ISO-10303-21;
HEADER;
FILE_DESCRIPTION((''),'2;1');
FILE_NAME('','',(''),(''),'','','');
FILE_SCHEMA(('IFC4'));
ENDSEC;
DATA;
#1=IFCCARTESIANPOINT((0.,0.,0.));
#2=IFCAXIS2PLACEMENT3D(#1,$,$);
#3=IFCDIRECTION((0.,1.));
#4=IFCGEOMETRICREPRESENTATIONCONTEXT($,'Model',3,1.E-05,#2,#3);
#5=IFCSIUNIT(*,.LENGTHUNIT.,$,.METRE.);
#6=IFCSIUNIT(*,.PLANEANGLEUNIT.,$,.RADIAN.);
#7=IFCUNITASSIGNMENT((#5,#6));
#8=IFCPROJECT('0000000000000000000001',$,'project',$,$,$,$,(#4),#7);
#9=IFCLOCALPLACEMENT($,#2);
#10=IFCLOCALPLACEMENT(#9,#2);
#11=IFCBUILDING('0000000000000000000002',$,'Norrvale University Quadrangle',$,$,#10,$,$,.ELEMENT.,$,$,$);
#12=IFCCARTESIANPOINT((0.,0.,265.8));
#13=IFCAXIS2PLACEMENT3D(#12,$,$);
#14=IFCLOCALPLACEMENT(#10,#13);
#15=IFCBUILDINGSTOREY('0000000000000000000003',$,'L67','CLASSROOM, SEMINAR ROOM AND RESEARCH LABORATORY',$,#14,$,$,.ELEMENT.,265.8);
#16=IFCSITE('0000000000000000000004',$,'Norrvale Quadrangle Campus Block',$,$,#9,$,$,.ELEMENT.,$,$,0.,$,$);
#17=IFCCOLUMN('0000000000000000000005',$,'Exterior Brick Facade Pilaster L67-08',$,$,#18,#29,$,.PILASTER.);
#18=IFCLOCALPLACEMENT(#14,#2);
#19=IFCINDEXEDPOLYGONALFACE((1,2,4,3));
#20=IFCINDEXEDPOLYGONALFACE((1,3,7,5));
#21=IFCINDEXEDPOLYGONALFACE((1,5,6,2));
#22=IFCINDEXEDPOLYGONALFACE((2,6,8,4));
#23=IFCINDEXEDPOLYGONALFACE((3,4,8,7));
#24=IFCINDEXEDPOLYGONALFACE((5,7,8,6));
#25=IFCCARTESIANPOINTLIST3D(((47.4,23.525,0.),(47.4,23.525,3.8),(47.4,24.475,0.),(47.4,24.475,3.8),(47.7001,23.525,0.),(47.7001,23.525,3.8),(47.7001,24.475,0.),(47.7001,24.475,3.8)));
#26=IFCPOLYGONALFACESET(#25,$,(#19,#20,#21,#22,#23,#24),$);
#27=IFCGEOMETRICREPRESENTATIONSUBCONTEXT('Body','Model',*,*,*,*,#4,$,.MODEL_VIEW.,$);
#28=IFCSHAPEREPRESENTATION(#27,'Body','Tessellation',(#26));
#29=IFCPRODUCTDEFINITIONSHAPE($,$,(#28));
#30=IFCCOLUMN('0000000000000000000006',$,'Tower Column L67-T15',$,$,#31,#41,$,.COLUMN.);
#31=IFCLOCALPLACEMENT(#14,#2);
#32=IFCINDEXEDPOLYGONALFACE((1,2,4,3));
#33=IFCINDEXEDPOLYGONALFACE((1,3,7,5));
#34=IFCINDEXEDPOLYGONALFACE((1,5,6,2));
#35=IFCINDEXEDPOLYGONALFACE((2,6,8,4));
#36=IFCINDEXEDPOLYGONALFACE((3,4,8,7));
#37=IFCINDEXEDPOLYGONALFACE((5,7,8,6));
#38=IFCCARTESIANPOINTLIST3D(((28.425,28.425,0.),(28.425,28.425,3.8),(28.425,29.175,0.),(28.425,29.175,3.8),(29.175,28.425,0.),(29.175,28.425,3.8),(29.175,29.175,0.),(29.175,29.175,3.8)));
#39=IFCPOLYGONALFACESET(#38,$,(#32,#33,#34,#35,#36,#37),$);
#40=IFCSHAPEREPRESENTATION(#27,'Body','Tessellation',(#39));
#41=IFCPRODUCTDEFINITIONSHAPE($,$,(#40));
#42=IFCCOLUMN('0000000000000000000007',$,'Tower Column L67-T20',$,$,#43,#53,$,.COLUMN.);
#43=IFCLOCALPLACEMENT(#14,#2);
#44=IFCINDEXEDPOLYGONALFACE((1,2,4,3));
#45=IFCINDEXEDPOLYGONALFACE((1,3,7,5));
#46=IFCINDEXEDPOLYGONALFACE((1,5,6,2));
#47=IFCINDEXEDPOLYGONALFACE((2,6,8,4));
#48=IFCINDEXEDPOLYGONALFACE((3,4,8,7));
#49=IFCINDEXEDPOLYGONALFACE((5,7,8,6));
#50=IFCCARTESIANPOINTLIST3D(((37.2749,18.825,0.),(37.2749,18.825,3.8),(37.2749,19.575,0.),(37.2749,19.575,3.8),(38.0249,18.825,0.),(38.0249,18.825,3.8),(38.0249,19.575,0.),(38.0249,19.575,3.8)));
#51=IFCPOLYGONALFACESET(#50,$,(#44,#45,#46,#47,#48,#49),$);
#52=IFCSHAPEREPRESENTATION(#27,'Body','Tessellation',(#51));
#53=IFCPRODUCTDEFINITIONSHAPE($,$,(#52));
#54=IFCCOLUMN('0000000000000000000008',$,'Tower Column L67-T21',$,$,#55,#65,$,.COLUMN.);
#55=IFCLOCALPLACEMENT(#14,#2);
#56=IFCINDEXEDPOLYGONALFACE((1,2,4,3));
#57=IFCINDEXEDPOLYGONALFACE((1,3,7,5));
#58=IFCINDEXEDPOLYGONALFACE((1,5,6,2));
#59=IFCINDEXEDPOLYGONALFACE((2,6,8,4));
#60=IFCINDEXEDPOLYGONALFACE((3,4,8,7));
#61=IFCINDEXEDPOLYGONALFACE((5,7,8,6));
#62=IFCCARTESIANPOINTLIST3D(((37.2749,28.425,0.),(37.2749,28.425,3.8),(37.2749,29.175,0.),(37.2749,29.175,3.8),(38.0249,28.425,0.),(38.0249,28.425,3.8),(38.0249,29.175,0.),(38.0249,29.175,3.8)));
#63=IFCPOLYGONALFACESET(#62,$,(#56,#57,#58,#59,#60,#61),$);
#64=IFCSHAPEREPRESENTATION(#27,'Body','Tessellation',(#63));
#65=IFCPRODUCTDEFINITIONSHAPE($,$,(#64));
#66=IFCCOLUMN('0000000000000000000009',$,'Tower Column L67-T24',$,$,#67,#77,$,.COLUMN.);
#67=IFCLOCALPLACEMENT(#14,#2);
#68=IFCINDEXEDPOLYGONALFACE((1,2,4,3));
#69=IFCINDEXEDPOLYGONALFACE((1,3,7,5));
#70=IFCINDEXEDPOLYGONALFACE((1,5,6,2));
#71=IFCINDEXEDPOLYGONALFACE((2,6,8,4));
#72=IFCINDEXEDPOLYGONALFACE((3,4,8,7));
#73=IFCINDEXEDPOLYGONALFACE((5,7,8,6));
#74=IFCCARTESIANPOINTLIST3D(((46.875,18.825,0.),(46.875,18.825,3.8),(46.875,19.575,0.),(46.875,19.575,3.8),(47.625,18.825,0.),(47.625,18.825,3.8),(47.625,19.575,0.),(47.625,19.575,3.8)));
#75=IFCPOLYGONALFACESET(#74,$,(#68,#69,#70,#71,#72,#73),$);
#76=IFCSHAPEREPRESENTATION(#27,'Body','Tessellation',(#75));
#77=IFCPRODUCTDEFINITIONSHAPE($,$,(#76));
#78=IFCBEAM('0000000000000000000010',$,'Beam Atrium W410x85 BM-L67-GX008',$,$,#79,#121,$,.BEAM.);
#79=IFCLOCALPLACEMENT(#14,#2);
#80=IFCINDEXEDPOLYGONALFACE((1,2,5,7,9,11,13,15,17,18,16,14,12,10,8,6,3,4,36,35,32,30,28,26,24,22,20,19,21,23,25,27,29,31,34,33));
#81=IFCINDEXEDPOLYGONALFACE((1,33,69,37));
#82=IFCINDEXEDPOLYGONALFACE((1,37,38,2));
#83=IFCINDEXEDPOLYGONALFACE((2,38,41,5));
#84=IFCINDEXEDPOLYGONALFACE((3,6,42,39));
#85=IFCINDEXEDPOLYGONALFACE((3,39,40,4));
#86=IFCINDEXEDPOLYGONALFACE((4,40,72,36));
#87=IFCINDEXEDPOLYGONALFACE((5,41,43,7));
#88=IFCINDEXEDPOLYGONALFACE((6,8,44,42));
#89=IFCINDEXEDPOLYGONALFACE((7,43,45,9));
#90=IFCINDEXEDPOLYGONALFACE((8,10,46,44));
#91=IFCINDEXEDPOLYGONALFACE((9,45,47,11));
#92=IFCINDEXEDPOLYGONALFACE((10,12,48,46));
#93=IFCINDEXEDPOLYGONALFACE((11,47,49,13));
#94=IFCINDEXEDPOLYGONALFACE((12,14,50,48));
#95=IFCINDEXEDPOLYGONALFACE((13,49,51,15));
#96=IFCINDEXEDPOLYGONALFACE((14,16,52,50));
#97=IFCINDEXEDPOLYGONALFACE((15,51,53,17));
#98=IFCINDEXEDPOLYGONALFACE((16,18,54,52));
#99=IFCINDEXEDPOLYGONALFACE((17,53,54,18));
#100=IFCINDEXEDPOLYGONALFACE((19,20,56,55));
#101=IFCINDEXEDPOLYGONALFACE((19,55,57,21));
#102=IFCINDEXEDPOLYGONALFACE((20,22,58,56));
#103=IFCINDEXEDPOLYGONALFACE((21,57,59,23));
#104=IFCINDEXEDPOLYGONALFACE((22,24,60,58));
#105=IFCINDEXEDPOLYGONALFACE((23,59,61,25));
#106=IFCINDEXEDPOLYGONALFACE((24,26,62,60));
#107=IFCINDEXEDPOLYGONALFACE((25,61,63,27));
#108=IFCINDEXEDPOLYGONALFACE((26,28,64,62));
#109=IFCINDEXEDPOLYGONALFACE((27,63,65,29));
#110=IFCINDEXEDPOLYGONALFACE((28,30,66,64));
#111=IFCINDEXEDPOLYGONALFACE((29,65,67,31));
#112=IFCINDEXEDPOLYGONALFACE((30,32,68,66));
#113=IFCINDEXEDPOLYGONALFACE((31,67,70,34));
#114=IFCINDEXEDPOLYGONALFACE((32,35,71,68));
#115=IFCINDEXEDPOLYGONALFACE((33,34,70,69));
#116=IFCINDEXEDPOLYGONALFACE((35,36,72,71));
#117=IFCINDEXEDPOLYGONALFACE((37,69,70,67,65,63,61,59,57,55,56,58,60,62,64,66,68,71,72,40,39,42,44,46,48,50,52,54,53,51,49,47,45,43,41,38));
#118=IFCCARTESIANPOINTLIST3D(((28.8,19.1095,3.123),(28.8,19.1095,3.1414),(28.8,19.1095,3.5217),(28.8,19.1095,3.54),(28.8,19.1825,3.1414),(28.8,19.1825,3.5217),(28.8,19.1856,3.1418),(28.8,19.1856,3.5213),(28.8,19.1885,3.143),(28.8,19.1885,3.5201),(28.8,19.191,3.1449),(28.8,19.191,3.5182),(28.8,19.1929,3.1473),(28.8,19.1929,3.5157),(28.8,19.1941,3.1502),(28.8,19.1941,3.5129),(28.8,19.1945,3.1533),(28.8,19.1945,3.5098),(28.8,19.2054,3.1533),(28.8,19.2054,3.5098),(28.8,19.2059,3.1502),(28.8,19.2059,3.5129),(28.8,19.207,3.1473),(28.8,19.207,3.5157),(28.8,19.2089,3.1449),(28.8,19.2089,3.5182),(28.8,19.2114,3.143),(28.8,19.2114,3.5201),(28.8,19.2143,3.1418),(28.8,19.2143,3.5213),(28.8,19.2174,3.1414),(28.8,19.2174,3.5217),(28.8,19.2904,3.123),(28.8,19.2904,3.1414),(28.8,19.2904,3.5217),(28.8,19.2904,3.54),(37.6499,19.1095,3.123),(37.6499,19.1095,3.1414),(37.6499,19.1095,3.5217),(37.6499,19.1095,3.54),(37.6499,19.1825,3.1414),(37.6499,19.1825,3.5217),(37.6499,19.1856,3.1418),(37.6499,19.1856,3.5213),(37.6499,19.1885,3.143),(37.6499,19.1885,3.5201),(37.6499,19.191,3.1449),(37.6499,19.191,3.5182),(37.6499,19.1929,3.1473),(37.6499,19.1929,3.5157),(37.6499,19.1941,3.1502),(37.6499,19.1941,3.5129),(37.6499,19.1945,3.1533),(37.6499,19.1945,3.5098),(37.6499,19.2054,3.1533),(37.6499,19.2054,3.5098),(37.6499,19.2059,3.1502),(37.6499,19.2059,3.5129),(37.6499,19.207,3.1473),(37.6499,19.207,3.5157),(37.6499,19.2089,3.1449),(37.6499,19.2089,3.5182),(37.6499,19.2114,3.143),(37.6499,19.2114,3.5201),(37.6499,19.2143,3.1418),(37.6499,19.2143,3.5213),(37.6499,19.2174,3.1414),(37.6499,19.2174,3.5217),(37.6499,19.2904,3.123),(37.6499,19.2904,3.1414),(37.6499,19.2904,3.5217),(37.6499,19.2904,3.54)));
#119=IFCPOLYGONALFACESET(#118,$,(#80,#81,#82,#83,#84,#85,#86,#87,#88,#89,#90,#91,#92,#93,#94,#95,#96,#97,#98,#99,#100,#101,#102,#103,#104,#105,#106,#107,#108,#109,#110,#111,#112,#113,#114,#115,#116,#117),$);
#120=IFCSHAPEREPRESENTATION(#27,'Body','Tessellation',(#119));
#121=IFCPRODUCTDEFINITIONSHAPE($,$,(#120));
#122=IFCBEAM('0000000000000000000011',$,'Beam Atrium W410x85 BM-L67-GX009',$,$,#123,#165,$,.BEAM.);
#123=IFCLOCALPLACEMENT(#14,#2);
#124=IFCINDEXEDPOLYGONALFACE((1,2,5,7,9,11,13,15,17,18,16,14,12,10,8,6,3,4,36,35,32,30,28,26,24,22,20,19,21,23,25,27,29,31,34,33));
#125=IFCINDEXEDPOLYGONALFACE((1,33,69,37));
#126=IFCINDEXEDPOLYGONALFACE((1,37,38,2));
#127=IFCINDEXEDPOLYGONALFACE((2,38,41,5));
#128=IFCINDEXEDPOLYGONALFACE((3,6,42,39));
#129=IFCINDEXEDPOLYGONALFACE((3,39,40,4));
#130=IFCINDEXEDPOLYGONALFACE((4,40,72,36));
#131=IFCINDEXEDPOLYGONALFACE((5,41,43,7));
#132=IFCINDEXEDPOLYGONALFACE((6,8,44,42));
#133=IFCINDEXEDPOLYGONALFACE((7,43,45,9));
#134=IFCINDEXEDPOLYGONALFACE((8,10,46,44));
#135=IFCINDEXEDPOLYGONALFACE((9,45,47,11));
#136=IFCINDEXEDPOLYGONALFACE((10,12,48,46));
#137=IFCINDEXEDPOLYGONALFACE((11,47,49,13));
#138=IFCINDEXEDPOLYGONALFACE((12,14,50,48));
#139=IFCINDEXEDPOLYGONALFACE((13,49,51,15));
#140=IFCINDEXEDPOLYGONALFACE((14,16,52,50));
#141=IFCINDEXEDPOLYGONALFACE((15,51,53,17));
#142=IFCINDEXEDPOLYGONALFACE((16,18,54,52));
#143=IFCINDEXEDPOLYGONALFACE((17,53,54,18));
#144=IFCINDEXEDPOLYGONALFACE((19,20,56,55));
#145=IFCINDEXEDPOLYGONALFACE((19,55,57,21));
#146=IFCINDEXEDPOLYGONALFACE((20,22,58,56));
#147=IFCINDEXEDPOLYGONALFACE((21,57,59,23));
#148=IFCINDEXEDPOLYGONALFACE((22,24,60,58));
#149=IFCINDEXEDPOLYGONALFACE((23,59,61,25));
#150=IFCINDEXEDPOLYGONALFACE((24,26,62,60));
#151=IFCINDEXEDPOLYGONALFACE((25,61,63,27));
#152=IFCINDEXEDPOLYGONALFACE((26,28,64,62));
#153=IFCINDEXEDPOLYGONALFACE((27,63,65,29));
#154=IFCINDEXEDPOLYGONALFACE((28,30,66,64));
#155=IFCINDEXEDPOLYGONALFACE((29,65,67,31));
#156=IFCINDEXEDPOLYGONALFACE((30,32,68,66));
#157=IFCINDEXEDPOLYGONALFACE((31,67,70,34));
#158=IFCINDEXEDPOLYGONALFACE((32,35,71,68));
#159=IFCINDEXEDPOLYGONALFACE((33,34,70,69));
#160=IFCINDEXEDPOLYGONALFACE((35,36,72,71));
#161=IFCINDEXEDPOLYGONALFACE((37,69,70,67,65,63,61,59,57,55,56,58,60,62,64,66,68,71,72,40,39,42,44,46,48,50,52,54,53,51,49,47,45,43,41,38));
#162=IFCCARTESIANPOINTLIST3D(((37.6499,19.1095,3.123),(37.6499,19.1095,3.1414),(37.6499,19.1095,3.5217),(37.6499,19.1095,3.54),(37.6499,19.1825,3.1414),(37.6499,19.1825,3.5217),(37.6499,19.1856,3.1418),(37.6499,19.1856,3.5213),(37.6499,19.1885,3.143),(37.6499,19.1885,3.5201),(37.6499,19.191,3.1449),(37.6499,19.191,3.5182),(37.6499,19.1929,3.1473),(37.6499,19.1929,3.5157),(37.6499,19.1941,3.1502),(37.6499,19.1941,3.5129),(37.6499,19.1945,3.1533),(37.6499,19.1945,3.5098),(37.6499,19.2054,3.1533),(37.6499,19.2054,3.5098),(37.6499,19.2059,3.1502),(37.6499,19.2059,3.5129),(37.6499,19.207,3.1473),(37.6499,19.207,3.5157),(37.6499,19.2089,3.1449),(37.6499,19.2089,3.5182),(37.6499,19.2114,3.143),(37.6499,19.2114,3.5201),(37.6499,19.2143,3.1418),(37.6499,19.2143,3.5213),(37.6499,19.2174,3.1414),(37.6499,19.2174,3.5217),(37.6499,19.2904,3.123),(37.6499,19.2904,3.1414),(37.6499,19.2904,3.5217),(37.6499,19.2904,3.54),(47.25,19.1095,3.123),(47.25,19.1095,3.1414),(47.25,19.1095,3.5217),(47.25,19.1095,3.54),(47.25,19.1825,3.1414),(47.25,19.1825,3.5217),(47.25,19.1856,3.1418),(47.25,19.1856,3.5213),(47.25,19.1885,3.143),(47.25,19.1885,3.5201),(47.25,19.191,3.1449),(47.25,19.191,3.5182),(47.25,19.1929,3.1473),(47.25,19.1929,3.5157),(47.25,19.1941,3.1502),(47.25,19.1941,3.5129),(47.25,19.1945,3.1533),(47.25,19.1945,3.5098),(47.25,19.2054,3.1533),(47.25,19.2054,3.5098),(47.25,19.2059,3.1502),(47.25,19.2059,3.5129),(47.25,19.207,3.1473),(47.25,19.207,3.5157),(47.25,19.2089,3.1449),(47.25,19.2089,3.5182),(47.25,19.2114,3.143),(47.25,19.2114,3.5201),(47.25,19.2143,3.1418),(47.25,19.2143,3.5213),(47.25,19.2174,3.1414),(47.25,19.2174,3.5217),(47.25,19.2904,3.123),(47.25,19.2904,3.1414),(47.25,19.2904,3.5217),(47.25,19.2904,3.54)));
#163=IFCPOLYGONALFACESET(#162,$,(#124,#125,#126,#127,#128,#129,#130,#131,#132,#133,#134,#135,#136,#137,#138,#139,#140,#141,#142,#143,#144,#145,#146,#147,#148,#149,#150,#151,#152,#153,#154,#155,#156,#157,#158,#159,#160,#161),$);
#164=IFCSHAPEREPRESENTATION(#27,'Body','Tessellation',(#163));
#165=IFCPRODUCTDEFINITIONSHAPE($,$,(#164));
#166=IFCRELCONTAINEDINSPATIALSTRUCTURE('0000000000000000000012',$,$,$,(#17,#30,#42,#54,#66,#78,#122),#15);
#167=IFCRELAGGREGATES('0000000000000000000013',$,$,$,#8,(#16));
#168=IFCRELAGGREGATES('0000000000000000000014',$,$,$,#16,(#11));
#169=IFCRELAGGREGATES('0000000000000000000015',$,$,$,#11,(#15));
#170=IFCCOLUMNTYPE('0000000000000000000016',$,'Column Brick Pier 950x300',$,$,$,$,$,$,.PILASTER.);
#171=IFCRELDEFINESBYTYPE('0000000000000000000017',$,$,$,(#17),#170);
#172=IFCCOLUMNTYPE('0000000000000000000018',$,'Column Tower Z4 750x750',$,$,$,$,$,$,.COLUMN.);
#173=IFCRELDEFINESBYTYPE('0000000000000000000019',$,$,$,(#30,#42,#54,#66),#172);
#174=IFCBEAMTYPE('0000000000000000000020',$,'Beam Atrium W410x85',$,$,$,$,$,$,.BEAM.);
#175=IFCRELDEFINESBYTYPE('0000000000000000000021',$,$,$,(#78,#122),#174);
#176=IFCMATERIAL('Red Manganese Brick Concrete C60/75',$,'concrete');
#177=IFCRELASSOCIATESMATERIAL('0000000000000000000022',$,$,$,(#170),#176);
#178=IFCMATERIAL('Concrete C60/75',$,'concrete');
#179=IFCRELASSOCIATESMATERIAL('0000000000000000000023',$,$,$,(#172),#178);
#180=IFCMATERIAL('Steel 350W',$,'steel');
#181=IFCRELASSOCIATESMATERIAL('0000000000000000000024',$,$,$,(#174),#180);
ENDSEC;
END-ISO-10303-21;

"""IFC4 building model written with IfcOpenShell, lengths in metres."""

from ifc_helpers import new_model, si_unit, direction, frame, origin, origin_2d, place, context, subcontext, project, spatial, rectangle, i_section, extrude, material, material_profile, profile_set, type_object, element, save


model = new_model("IFC4")

# Units and contexts
model_context = context("Model", 3, precision=1e-05, world=origin(), true_north=direction((0.0, 1.0)))
body_context = subcontext(model_context, "Body", "Model", "MODEL_VIEW")
ifc_project = project(units=[si_unit("LENGTHUNIT", "METRE"), si_unit("PLANEANGLEUNIT", "RADIAN")], contexts=[model_context])

# Site, building, storey
site_placement = place(None, origin())
site = spatial("IfcSite", under=ifc_project, at=site_placement, Name="Norrvale Quadrangle Campus Block", CompositionType="ELEMENT", RefElevation=0.0)
building_placement = place(site_placement, origin())
building = spatial("IfcBuilding", under=site, at=building_placement, Name="Norrvale University Quadrangle", CompositionType="ELEMENT")
storey_placement = place(building_placement, frame((0.0, 0.0, 265.8)))
storey = spatial("IfcBuildingStorey", under=building, at=storey_placement, Name="L67", Description="CLASSROOM, SEMINAR ROOM AND RESEARCH LABORATORY", CompositionType="ELEMENT", Elevation=265.8)

# Columns
ifc_material_1 = material(Name="Red Manganese Brick Concrete C60/75", Category="concrete")
ifc_material_profile_1 = material_profile(ifc_material_1, rectangle(XDim=0.95, YDim=0.3, at=origin_2d()), Name="Red Manganese Brick Concrete C60/75")
ifc_profile_set_1 = profile_set([ifc_material_profile_1], Name="Red Manganese Brick Concrete C60/75")
column_type_1 = type_object("IfcColumnType", Name="Column Brick Pier 950x300", PredefinedType="PILASTER", material=ifc_profile_set_1)
column_placement = place(storey_placement, frame((47.55, 24.0, 0.0), z_axis=(0.0, 0.0, 1.0), x_axis=(0.0, 1.0, 0.0)))
element("IfcColumn", 1, at=column_placement, inside=storey, type_object=column_type_1, Name="Exterior Brick Facade Pilaster L67-08", PredefinedType="PILASTER", context=body_context, shape_type="SweptSolid", body=[
    extrude(rectangle(XDim=0.95, YDim=0.3, at=origin_2d()), origin(), (0.0, 0.0, 1.0), 3.8),
])
ifc_material_2 = material(Name="Concrete C60/75", Category="concrete")
ifc_material_profile_2 = material_profile(ifc_material_2, rectangle(XDim=0.75, YDim=0.75, at=origin_2d()), Name="Concrete C60/75")
ifc_profile_set_2 = profile_set([ifc_material_profile_2], Name="Concrete C60/75")
column_type_2 = type_object("IfcColumnType", Name="Column Tower Z4 750x750", PredefinedType="COLUMN", material=ifc_profile_set_2)
for number, where, z_axis, x_axis, name in (
    (2, (28.8, 28.8, 0.0), (0.0, 0.0, 1.0), (1.0, 0.0, 0.0), "Tower Column L67-T15"),
    (3, (37.6499, 19.2, 0.0), (0.0, 0.0, 1.0), (1.0, 0.0, 0.0), "Tower Column L67-T20"),
    (4, (37.6499, 28.8, 0.0), (0.0, 0.0, 1.0), (1.0, 0.0, 0.0), "Tower Column L67-T21"),
    (5, (47.25, 19.2, 0.0), (0.0, 0.0, 1.0), (1.0, 0.0, 0.0), "Tower Column L67-T24"),
):
    element("IfcColumn", number, at=place(storey_placement, frame(where, z_axis=z_axis, x_axis=x_axis)), inside=storey, type_object=column_type_2, Name=name, PredefinedType="COLUMN", context=body_context, shape_type="SweptSolid", body=[
        extrude(rectangle(XDim=0.75, YDim=0.75, at=origin_2d()), origin(), (0.0, 0.0, 1.0), 3.8),
    ])

# Beams
ifc_material_3 = material(Name="Steel 350W", Category="steel")
ifc_material_profile_3 = material_profile(ifc_material_3, i_section(OverallWidth=0.1809, OverallDepth=0.417, WebThickness=0.011, FlangeThickness=0.0183, FilletRadius=0.012, at=origin_2d()), Name="Steel 350W")
ifc_profile_set_3 = profile_set([ifc_material_profile_3], Name="Steel 350W")
beam_type_1 = type_object("IfcBeamType", Name="Beam Atrium W410x85", PredefinedType="BEAM", material=ifc_profile_set_3)
beam_1_placement = place(storey_placement, frame((28.8, 19.2, 3.3315), z_axis=(1.0, 0.0, 0.0), x_axis=(0.0, 1.0, 0.0)))
element("IfcBeam", 6, at=beam_1_placement, inside=storey, type_object=beam_type_1, Name="Beam Atrium W410x85 BM-L67-GX008", PredefinedType="BEAM", context=body_context, shape_type="SweptSolid", body=[
    extrude(i_section(OverallWidth=0.1809, OverallDepth=0.417, WebThickness=0.011, FlangeThickness=0.0183, FilletRadius=0.012, at=origin_2d()), origin(), (0.0, 0.0, 1.0), 8.8499),
])
beam_2_placement = place(storey_placement, frame((37.6499, 19.2, 3.3315), z_axis=(1.0, 0.0, 0.0), x_axis=(0.0, 1.0, 0.0)))
element("IfcBeam", 7, at=beam_2_placement, inside=storey, type_object=beam_type_1, Name="Beam Atrium W410x85 BM-L67-GX009", PredefinedType="BEAM", context=body_context, shape_type="SweptSolid", body=[
    extrude(i_section(OverallWidth=0.1809, OverallDepth=0.417, WebThickness=0.011, FlangeThickness=0.0183, FilletRadius=0.012, at=origin_2d()), origin(), (0.0, 0.0, 1.0), 9.6001),
])

save(model, "model.ifc")
